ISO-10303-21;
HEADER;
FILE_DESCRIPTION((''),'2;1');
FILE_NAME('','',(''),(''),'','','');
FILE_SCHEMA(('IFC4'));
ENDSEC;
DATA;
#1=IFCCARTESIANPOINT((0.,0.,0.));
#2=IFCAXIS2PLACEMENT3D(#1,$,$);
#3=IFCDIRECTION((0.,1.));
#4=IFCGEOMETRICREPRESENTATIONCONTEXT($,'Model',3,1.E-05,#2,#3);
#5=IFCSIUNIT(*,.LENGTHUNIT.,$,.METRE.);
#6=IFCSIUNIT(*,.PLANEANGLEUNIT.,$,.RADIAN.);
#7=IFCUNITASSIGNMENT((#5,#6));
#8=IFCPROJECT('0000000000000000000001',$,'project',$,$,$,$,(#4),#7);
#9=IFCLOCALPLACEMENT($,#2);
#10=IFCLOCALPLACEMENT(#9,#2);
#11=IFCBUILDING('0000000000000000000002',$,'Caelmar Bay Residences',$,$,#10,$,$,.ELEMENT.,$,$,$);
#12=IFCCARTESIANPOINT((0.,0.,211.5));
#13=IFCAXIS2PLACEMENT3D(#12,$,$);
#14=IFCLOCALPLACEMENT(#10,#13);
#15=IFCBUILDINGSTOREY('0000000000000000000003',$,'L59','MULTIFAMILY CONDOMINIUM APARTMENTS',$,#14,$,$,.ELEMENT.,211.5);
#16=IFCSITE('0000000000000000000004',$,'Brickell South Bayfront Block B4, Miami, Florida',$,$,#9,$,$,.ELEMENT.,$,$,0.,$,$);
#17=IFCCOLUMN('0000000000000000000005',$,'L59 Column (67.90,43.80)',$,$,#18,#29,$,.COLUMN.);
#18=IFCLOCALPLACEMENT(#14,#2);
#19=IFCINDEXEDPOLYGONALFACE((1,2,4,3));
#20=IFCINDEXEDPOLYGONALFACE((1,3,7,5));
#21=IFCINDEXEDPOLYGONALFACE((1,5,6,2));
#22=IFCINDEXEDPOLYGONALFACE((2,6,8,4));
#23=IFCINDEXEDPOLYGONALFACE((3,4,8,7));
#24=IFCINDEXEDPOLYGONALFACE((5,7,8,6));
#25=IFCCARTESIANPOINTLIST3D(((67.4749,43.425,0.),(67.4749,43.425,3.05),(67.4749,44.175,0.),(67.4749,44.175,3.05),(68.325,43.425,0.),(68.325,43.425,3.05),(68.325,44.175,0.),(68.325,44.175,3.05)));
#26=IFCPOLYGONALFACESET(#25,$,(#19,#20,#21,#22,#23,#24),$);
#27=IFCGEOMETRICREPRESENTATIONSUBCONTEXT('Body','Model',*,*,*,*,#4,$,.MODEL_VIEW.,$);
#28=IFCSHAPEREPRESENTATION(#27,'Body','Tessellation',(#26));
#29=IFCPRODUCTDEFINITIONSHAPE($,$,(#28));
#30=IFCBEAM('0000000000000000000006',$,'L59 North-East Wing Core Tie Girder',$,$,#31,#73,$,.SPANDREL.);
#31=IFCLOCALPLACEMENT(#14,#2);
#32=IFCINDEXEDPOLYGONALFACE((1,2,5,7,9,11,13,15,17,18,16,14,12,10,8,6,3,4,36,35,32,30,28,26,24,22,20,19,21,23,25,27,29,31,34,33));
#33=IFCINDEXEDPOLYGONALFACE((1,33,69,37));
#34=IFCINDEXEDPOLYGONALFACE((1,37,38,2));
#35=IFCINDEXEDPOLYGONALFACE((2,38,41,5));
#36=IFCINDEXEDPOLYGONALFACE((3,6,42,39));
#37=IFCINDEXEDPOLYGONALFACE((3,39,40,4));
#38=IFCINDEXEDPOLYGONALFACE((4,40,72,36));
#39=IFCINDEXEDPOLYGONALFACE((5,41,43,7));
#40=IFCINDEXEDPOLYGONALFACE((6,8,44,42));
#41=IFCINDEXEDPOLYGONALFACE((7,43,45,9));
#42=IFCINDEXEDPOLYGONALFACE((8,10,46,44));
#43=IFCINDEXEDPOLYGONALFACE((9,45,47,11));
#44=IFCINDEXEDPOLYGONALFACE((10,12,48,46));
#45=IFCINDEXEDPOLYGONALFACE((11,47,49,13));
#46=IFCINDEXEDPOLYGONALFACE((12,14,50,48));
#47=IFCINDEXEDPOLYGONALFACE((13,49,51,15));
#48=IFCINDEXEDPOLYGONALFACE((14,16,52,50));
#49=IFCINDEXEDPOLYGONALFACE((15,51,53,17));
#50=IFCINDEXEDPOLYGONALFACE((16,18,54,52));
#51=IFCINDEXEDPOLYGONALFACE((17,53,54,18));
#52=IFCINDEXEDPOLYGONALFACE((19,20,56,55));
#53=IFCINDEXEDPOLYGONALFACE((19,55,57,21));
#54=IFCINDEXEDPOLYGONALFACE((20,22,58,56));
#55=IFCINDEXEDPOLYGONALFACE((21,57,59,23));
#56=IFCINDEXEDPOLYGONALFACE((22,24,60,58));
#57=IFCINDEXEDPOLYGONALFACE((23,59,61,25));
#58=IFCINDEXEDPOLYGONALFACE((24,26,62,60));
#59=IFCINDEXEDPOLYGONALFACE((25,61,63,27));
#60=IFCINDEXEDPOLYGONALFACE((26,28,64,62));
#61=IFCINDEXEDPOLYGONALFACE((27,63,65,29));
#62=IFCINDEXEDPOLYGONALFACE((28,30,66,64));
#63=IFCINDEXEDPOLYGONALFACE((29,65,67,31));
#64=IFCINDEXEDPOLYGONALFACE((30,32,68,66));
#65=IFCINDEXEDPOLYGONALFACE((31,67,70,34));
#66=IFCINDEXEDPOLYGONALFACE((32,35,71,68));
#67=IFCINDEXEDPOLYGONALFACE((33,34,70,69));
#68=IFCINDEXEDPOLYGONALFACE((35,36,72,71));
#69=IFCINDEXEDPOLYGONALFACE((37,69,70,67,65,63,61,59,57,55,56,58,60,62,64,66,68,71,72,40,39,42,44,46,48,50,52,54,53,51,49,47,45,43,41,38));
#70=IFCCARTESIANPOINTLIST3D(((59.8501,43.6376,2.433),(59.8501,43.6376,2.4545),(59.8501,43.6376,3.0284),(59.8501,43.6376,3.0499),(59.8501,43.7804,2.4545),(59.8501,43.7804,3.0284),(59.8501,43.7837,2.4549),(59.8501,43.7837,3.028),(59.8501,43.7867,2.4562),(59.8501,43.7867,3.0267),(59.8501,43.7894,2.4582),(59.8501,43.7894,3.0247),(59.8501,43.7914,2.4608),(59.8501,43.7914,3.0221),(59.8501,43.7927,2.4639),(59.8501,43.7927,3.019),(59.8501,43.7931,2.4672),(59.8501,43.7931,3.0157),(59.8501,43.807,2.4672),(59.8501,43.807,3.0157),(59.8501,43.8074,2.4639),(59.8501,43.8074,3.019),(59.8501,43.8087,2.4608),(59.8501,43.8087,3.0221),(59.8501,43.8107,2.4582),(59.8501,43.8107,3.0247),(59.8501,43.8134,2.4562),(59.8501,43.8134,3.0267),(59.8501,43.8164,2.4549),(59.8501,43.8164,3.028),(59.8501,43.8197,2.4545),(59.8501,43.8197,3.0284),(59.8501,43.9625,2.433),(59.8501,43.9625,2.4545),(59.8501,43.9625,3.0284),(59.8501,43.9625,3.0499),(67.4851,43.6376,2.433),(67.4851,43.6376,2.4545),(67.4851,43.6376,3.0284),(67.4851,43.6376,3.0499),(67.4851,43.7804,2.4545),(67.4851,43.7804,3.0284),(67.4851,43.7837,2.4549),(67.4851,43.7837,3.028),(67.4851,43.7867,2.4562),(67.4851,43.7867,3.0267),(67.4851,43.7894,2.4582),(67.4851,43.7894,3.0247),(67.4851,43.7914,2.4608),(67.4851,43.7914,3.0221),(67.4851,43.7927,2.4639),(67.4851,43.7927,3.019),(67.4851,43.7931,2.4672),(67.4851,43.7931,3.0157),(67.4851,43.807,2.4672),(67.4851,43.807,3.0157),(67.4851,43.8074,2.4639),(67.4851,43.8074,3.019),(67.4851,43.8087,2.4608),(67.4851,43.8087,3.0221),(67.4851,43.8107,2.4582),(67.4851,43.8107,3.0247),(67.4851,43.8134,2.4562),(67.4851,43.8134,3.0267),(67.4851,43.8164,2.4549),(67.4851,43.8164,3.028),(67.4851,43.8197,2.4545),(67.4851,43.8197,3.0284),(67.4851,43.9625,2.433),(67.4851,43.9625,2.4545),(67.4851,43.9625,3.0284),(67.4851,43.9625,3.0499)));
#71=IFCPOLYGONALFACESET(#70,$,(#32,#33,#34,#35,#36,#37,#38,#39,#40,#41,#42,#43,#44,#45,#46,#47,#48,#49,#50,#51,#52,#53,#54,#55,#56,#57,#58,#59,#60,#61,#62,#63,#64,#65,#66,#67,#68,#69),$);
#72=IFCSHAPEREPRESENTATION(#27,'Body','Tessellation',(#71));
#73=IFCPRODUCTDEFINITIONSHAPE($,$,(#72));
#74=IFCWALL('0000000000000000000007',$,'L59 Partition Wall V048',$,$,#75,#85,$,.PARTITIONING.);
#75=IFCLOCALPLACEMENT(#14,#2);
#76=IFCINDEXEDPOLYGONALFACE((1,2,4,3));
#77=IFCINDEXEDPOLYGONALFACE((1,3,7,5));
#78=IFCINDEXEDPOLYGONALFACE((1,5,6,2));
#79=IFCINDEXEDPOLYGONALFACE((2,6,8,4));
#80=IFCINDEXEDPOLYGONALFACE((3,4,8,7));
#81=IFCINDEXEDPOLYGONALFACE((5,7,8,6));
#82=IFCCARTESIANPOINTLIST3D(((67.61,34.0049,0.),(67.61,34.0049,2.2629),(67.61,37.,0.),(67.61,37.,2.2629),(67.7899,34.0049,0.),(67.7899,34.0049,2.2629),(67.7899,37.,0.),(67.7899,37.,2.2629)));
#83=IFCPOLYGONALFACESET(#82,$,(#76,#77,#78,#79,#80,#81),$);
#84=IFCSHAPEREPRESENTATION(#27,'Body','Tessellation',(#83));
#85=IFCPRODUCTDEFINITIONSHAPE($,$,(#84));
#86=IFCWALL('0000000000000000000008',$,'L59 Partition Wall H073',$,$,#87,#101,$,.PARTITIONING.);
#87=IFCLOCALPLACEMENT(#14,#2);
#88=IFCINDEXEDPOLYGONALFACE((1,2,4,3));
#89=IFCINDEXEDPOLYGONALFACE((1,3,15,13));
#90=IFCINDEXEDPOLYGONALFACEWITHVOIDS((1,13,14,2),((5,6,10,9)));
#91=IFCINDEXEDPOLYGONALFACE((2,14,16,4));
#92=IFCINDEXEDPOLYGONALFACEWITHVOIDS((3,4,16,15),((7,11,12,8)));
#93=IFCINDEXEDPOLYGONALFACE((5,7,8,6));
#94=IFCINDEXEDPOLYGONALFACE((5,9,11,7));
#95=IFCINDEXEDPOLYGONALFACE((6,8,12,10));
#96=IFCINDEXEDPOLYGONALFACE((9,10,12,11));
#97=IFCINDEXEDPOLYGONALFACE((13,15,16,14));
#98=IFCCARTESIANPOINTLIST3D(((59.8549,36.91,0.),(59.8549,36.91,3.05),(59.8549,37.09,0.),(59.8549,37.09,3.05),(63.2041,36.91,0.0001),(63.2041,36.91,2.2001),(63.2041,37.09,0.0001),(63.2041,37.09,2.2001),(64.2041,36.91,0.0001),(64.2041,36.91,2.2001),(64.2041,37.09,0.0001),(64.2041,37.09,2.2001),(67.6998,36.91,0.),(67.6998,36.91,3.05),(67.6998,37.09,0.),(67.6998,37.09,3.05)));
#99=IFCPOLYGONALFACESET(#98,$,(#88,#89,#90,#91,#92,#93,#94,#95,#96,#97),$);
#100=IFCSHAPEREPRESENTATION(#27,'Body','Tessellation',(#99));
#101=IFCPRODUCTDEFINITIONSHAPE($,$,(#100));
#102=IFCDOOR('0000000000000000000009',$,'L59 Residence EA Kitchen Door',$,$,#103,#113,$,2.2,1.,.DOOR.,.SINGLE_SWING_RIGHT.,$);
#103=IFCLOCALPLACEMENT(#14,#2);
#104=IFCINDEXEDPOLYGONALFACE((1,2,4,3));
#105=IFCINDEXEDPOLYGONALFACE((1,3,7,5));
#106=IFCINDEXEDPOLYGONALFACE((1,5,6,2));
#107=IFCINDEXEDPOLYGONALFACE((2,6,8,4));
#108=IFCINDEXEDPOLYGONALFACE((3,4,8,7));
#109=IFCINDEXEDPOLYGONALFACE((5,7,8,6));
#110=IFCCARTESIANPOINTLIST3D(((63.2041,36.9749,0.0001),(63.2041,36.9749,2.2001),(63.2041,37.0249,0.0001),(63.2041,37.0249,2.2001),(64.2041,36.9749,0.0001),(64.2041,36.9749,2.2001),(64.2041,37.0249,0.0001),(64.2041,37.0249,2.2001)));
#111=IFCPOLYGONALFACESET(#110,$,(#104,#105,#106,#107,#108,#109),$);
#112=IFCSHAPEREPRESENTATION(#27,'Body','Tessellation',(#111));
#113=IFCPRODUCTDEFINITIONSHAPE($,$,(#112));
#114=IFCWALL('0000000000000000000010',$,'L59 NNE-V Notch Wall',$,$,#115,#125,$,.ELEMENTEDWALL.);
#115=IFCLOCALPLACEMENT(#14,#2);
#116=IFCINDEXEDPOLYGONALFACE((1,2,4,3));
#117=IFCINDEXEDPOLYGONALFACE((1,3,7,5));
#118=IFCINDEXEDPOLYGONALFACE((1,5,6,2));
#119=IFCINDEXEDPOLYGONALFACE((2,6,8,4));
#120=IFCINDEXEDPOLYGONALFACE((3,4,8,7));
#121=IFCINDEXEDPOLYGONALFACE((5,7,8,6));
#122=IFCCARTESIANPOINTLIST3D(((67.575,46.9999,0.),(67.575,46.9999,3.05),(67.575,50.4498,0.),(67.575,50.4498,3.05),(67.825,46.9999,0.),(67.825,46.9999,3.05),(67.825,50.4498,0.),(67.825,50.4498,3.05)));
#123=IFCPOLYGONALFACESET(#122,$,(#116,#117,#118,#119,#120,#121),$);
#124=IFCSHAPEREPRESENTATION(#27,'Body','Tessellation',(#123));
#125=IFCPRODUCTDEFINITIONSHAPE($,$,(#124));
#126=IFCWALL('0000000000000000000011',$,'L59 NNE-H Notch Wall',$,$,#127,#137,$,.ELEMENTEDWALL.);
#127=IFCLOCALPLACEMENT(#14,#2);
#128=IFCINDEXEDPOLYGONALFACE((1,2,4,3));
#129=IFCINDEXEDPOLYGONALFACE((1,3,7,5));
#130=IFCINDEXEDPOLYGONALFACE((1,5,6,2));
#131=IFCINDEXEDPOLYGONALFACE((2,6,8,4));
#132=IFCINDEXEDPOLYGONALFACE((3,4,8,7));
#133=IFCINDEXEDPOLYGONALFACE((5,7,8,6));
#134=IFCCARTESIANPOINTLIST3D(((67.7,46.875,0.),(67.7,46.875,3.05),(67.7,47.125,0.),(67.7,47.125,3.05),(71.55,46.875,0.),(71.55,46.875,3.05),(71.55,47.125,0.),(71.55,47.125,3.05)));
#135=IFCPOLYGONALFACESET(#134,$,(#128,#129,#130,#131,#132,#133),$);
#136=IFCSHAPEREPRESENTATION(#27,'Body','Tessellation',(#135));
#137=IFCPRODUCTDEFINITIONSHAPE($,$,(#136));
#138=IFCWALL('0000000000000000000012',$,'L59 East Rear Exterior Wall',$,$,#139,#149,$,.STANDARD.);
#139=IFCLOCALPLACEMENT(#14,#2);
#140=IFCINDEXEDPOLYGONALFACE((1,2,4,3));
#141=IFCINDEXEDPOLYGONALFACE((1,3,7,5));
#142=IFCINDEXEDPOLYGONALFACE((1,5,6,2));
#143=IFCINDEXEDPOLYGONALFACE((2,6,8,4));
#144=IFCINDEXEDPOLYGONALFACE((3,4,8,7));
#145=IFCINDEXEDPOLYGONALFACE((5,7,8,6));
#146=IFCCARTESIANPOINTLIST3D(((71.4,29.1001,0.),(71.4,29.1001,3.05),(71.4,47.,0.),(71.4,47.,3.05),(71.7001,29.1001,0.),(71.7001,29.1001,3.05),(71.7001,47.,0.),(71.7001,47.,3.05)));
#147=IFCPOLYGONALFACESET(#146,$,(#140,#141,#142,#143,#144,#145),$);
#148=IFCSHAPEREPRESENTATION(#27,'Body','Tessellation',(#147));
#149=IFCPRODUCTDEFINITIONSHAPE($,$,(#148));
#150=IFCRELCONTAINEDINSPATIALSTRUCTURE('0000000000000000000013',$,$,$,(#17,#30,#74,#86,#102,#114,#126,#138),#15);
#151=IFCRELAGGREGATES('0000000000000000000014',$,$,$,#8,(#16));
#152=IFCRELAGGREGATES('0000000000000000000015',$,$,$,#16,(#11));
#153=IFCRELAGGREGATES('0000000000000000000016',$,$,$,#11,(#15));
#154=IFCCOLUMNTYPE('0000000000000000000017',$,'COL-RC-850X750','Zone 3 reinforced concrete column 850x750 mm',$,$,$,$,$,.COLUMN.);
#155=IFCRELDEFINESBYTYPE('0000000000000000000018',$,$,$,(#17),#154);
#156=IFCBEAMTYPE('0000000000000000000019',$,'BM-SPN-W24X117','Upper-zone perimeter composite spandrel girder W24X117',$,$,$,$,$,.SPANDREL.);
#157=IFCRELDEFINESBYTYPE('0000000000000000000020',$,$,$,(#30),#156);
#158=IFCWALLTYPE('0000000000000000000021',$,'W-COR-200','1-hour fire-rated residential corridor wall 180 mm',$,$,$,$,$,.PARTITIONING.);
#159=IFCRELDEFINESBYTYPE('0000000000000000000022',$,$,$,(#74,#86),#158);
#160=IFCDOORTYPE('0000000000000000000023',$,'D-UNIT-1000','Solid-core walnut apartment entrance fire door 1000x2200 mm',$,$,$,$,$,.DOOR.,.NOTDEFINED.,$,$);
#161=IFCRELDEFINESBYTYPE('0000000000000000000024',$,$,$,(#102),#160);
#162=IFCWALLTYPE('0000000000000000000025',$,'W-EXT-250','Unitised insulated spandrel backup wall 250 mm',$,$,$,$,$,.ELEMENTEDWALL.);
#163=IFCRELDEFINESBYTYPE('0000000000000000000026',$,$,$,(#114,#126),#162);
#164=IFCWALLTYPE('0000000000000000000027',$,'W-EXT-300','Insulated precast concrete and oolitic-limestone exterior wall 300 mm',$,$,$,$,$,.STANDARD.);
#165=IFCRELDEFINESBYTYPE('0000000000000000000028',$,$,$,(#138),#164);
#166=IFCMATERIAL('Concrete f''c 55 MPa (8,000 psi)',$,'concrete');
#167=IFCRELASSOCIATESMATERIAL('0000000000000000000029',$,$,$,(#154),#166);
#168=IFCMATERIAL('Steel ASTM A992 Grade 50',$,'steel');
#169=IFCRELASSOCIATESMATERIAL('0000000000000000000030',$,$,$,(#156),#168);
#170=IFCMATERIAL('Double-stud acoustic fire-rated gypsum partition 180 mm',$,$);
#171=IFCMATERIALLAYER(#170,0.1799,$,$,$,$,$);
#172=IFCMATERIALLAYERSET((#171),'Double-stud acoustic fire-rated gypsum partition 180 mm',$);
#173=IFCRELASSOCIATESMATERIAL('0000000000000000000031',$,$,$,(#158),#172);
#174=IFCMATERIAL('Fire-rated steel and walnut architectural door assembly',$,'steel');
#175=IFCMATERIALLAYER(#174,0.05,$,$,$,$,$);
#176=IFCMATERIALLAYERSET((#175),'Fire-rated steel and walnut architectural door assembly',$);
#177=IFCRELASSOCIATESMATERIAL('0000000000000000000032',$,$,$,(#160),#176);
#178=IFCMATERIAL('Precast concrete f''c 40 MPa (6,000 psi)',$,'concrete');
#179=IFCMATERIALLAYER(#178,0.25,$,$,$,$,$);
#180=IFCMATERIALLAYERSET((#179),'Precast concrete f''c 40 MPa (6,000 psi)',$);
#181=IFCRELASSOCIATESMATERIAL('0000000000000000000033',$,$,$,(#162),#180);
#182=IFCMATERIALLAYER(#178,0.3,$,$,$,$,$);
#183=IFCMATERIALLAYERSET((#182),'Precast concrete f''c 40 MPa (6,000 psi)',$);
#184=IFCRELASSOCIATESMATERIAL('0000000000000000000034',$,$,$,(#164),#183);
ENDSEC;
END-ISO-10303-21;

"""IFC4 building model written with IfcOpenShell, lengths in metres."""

from ifc_helpers import new_model, si_unit, direction, frame, frame_2d, origin, origin_2d, place, context, subcontext, project, spatial, rectangle, i_section, extrude, material, layer, layer_set, material_profile, profile_set, type_object, element, fill, save


model = new_model("IFC4")

# Units and contexts
model_context = context("Model", 3, precision=1e-05, world=origin(), true_north=direction((0.0, 1.0)))
body_context = subcontext(model_context, "Body", "Model", "MODEL_VIEW")
ifc_project = project(units=[si_unit("LENGTHUNIT", "METRE"), si_unit("PLANEANGLEUNIT", "RADIAN")], contexts=[model_context])

# Site, building, storey
site_placement = place(None, origin())
site = spatial("IfcSite", under=ifc_project, at=site_placement, Name="Brickell South Bayfront Block B4, Miami, Florida", CompositionType="ELEMENT", RefElevation=0.0)
building_placement = place(site_placement, origin())
building = spatial("IfcBuilding", under=site, at=building_placement, Name="Caelmar Bay Residences", CompositionType="ELEMENT")
storey_placement = place(building_placement, frame((0.0, 0.0, 211.5)))
storey = spatial("IfcBuildingStorey", under=building, at=storey_placement, Name="L59", Description="MULTIFAMILY CONDOMINIUM APARTMENTS", CompositionType="ELEMENT", Elevation=211.5)

# Column
ifc_material_1 = material(Name="Concrete f'c 55 MPa (8,000 psi)", Category="concrete")
ifc_material_profile_1 = material_profile(ifc_material_1, rectangle(XDim=0.8501, YDim=0.75, at=origin_2d()), Name="RC-COL-850X750")
ifc_profile_set_1 = profile_set([ifc_material_profile_1], Name="Concrete f'c 55 MPa (8,000 psi)")
column_type = type_object("IfcColumnType", Name="COL-RC-850X750", Description="Zone 3 reinforced concrete column 850x750 mm", PredefinedType="COLUMN", material=ifc_profile_set_1)
column_placement = place(storey_placement, frame((67.8999, 43.8, 0.0), z_axis=(0.0, 0.0, 1.0), x_axis=(1.0, 0.0, 0.0)))
element("IfcColumn", 1, at=column_placement, inside=storey, type_object=column_type, Name="L59 Column (67.90,43.80)", PredefinedType="COLUMN", context=body_context, shape_type="SweptSolid", body=[
    extrude(rectangle(XDim=0.8501, YDim=0.75, at=origin_2d()), origin(), (0.0, 0.0, 1.0), 3.05),
])

# Beam
ifc_material_2 = material(Name="Steel ASTM A992 Grade 50", Category="steel")
ifc_material_profile_2 = material_profile(ifc_material_2, i_section(OverallWidth=0.325, OverallDepth=0.6169, WebThickness=0.0139, FlangeThickness=0.0215, FilletRadius=0.0127, at=origin_2d()), Name="W24X117")
ifc_profile_set_2 = profile_set([ifc_material_profile_2], Name="Steel ASTM A992 Grade 50")
beam_type = type_object("IfcBeamType", Name="BM-SPN-W24X117", Description="Upper-zone perimeter composite spandrel girder W24X117", PredefinedType="SPANDREL", material=ifc_profile_set_2)
beam_placement = place(storey_placement, frame((59.8501, 43.8, 2.7415), z_axis=(1.0, 0.0, 0.0), x_axis=(0.0, 1.0, 0.0)))
element("IfcBeam", 2, at=beam_placement, inside=storey, type_object=beam_type, Name="L59 North-East Wing Core Tie Girder", PredefinedType="SPANDREL", context=body_context, shape_type="SweptSolid", body=[
    extrude(i_section(OverallWidth=0.325, OverallDepth=0.6169, WebThickness=0.0139, FlangeThickness=0.0215, FilletRadius=0.0127, at=origin_2d()), origin(), (0.0, 0.0, 1.0), 7.635),
])

# Wall
ifc_material_3 = material(Name="Double-stud acoustic fire-rated gypsum partition 180 mm")
ifc_layer_1 = layer(ifc_material_3, 0.1799)
ifc_layer_set_1 = layer_set([ifc_layer_1], Name="Double-stud acoustic fire-rated gypsum partition 180 mm")
wall_type_1 = type_object("IfcWallType", Name="W-COR-200", Description="1-hour fire-rated residential corridor wall 180 mm", PredefinedType="PARTITIONING", material=ifc_layer_set_1)
wall_1_placement = place(storey_placement, frame((67.7, 34.0049, 0.0), z_axis=(0.0, 0.0, 1.0), x_axis=(0.0, 1.0, 0.0)))
element("IfcWall", 3, at=wall_1_placement, inside=storey, type_object=wall_type_1, Name="L59 Partition Wall V048", PredefinedType="PARTITIONING", context=body_context, shape_type="SweptSolid", body=[
    extrude(rectangle(XDim=2.9951, YDim=0.1799, at=frame_2d((1.4976, 0.0))), origin(), (0.0, 0.0, 1.0), 2.2629),
])

# Wall, opening, door
wall_2_placement = place(storey_placement, frame((59.855, 37.0, 0.0), z_axis=(0.0, 0.0, 1.0), x_axis=(1.0, 0.0, 0.0)))
wall_2 = element("IfcWall", 4, at=wall_2_placement, inside=storey, type_object=wall_type_1, Name="L59 Partition Wall H073", PredefinedType="PARTITIONING", context=body_context, shape_type="SweptSolid", body=[
    extrude(rectangle(XDim=7.845, YDim=0.1799, at=frame_2d((3.9224, 0.0))), origin(), (0.0, 0.0, 1.0), 3.05),
])
opening_1_placement = place(wall_2_placement, frame((3.3491, 0.0, 0.0)))
opening_1 = element("IfcOpeningElement", 5, at=opening_1_placement, cuts=wall_2, PredefinedType="OPENING", context=body_context, shape_type="SweptSolid", body=[
    extrude(rectangle(XDim=1.0, YDim=2.2, at=frame_2d((0.5, 1.1001))), frame((0.0, 0.0999, 0.0), z_axis=(0.0, -1.0, 0.0), x_axis=(1.0, 0.0, 0.0)), (0.0, 0.0, 1.0), 0.2),
])
ifc_material_4 = material(Name="Fire-rated steel and walnut architectural door assembly", Category="steel")
ifc_layer_2 = layer(ifc_material_4, 0.05)
ifc_layer_set_2 = layer_set([ifc_layer_2], Name="Fire-rated steel and walnut architectural door assembly")
door_type_1 = type_object("IfcDoorType", Name="D-UNIT-1000", Description="Solid-core walnut apartment entrance fire door 1000x2200 mm", OperationType="NOTDEFINED", PredefinedType="DOOR", material=ifc_layer_set_2)
door_1_placement = place(opening_1_placement, origin())
door_1 = element("IfcDoor", 6, at=door_1_placement, inside=storey, type_object=door_type_1, Name="L59 Residence EA Kitchen Door", OperationType="SINGLE_SWING_RIGHT", OverallHeight=2.2, OverallWidth=1.0, PredefinedType="DOOR", context=body_context, shape_type="SweptSolid", body=[
    extrude(rectangle(XDim=1.0, YDim=2.2, at=frame_2d((0.5, 1.1001))), frame((0.0, 0.0249, 0.0), z_axis=(0.0, -1.0, 0.0), x_axis=(1.0, 0.0, 0.0)), (0.0, 0.0, 1.0), 0.05),
])
fill(opening_1, door_1)

# Walls
ifc_material_5 = material(Name="Precast concrete f'c 40 MPa (6,000 psi)", Category="concrete")
ifc_layer_3 = layer(ifc_material_5, 0.25)
ifc_layer_set_3 = layer_set([ifc_layer_3], Name="Precast concrete f'c 40 MPa (6,000 psi)")
wall_type_2 = type_object("IfcWallType", Name="W-EXT-250", Description="Unitised insulated spandrel backup wall 250 mm", PredefinedType="ELEMENTEDWALL", material=ifc_layer_set_3)
wall_3_placement = place(storey_placement, frame((67.7, 50.45, 0.0), z_axis=(0.0, 0.0, 1.0), x_axis=(0.0, -1.0, 0.0)))
element("IfcWall", 7, at=wall_3_placement, inside=storey, type_object=wall_type_2, Name="L59 NNE-V Notch Wall", PredefinedType="ELEMENTEDWALL", context=body_context, shape_type="SweptSolid", body=[
    extrude(rectangle(XDim=3.45, YDim=0.25, at=frame_2d((1.7251, 0.0))), origin(), (0.0, 0.0, 1.0), 3.05),
])
wall_4_placement = place(storey_placement, frame((67.7, 47.0, 0.0), z_axis=(0.0, 0.0, 1.0), x_axis=(1.0, 0.0, 0.0)))
element("IfcWall", 8, at=wall_4_placement, inside=storey, type_object=wall_type_2, Name="L59 NNE-H Notch Wall", PredefinedType="ELEMENTEDWALL", context=body_context, shape_type="SweptSolid", body=[
    extrude(rectangle(XDim=3.8501, YDim=0.25, at=frame_2d((1.925, 0.0))), origin(), (0.0, 0.0, 1.0), 3.05),
])
ifc_layer_4 = layer(ifc_material_5, 0.3)
ifc_layer_set_4 = layer_set([ifc_layer_4], Name="Precast concrete f'c 40 MPa (6,000 psi)")
wall_type_3 = type_object("IfcWallType", Name="W-EXT-300", Description="Insulated precast concrete and oolitic-limestone exterior wall 300 mm", PredefinedType="STANDARD", material=ifc_layer_set_4)
wall_5_placement = place(storey_placement, frame((71.55, 47.0, 0.0), z_axis=(0.0, 0.0, 1.0), x_axis=(0.0, -1.0, 0.0)))
element("IfcWall", 9, at=wall_5_placement, inside=storey, type_object=wall_type_3, Name="L59 East Rear Exterior Wall", PredefinedType="STANDARD", context=body_context, shape_type="SweptSolid", body=[
    extrude(rectangle(XDim=17.8999, YDim=0.3, at=frame_2d((8.95, 0.0))), origin(), (0.0, 0.0, 1.0), 3.05),
])

save(model, "model.ifc")
